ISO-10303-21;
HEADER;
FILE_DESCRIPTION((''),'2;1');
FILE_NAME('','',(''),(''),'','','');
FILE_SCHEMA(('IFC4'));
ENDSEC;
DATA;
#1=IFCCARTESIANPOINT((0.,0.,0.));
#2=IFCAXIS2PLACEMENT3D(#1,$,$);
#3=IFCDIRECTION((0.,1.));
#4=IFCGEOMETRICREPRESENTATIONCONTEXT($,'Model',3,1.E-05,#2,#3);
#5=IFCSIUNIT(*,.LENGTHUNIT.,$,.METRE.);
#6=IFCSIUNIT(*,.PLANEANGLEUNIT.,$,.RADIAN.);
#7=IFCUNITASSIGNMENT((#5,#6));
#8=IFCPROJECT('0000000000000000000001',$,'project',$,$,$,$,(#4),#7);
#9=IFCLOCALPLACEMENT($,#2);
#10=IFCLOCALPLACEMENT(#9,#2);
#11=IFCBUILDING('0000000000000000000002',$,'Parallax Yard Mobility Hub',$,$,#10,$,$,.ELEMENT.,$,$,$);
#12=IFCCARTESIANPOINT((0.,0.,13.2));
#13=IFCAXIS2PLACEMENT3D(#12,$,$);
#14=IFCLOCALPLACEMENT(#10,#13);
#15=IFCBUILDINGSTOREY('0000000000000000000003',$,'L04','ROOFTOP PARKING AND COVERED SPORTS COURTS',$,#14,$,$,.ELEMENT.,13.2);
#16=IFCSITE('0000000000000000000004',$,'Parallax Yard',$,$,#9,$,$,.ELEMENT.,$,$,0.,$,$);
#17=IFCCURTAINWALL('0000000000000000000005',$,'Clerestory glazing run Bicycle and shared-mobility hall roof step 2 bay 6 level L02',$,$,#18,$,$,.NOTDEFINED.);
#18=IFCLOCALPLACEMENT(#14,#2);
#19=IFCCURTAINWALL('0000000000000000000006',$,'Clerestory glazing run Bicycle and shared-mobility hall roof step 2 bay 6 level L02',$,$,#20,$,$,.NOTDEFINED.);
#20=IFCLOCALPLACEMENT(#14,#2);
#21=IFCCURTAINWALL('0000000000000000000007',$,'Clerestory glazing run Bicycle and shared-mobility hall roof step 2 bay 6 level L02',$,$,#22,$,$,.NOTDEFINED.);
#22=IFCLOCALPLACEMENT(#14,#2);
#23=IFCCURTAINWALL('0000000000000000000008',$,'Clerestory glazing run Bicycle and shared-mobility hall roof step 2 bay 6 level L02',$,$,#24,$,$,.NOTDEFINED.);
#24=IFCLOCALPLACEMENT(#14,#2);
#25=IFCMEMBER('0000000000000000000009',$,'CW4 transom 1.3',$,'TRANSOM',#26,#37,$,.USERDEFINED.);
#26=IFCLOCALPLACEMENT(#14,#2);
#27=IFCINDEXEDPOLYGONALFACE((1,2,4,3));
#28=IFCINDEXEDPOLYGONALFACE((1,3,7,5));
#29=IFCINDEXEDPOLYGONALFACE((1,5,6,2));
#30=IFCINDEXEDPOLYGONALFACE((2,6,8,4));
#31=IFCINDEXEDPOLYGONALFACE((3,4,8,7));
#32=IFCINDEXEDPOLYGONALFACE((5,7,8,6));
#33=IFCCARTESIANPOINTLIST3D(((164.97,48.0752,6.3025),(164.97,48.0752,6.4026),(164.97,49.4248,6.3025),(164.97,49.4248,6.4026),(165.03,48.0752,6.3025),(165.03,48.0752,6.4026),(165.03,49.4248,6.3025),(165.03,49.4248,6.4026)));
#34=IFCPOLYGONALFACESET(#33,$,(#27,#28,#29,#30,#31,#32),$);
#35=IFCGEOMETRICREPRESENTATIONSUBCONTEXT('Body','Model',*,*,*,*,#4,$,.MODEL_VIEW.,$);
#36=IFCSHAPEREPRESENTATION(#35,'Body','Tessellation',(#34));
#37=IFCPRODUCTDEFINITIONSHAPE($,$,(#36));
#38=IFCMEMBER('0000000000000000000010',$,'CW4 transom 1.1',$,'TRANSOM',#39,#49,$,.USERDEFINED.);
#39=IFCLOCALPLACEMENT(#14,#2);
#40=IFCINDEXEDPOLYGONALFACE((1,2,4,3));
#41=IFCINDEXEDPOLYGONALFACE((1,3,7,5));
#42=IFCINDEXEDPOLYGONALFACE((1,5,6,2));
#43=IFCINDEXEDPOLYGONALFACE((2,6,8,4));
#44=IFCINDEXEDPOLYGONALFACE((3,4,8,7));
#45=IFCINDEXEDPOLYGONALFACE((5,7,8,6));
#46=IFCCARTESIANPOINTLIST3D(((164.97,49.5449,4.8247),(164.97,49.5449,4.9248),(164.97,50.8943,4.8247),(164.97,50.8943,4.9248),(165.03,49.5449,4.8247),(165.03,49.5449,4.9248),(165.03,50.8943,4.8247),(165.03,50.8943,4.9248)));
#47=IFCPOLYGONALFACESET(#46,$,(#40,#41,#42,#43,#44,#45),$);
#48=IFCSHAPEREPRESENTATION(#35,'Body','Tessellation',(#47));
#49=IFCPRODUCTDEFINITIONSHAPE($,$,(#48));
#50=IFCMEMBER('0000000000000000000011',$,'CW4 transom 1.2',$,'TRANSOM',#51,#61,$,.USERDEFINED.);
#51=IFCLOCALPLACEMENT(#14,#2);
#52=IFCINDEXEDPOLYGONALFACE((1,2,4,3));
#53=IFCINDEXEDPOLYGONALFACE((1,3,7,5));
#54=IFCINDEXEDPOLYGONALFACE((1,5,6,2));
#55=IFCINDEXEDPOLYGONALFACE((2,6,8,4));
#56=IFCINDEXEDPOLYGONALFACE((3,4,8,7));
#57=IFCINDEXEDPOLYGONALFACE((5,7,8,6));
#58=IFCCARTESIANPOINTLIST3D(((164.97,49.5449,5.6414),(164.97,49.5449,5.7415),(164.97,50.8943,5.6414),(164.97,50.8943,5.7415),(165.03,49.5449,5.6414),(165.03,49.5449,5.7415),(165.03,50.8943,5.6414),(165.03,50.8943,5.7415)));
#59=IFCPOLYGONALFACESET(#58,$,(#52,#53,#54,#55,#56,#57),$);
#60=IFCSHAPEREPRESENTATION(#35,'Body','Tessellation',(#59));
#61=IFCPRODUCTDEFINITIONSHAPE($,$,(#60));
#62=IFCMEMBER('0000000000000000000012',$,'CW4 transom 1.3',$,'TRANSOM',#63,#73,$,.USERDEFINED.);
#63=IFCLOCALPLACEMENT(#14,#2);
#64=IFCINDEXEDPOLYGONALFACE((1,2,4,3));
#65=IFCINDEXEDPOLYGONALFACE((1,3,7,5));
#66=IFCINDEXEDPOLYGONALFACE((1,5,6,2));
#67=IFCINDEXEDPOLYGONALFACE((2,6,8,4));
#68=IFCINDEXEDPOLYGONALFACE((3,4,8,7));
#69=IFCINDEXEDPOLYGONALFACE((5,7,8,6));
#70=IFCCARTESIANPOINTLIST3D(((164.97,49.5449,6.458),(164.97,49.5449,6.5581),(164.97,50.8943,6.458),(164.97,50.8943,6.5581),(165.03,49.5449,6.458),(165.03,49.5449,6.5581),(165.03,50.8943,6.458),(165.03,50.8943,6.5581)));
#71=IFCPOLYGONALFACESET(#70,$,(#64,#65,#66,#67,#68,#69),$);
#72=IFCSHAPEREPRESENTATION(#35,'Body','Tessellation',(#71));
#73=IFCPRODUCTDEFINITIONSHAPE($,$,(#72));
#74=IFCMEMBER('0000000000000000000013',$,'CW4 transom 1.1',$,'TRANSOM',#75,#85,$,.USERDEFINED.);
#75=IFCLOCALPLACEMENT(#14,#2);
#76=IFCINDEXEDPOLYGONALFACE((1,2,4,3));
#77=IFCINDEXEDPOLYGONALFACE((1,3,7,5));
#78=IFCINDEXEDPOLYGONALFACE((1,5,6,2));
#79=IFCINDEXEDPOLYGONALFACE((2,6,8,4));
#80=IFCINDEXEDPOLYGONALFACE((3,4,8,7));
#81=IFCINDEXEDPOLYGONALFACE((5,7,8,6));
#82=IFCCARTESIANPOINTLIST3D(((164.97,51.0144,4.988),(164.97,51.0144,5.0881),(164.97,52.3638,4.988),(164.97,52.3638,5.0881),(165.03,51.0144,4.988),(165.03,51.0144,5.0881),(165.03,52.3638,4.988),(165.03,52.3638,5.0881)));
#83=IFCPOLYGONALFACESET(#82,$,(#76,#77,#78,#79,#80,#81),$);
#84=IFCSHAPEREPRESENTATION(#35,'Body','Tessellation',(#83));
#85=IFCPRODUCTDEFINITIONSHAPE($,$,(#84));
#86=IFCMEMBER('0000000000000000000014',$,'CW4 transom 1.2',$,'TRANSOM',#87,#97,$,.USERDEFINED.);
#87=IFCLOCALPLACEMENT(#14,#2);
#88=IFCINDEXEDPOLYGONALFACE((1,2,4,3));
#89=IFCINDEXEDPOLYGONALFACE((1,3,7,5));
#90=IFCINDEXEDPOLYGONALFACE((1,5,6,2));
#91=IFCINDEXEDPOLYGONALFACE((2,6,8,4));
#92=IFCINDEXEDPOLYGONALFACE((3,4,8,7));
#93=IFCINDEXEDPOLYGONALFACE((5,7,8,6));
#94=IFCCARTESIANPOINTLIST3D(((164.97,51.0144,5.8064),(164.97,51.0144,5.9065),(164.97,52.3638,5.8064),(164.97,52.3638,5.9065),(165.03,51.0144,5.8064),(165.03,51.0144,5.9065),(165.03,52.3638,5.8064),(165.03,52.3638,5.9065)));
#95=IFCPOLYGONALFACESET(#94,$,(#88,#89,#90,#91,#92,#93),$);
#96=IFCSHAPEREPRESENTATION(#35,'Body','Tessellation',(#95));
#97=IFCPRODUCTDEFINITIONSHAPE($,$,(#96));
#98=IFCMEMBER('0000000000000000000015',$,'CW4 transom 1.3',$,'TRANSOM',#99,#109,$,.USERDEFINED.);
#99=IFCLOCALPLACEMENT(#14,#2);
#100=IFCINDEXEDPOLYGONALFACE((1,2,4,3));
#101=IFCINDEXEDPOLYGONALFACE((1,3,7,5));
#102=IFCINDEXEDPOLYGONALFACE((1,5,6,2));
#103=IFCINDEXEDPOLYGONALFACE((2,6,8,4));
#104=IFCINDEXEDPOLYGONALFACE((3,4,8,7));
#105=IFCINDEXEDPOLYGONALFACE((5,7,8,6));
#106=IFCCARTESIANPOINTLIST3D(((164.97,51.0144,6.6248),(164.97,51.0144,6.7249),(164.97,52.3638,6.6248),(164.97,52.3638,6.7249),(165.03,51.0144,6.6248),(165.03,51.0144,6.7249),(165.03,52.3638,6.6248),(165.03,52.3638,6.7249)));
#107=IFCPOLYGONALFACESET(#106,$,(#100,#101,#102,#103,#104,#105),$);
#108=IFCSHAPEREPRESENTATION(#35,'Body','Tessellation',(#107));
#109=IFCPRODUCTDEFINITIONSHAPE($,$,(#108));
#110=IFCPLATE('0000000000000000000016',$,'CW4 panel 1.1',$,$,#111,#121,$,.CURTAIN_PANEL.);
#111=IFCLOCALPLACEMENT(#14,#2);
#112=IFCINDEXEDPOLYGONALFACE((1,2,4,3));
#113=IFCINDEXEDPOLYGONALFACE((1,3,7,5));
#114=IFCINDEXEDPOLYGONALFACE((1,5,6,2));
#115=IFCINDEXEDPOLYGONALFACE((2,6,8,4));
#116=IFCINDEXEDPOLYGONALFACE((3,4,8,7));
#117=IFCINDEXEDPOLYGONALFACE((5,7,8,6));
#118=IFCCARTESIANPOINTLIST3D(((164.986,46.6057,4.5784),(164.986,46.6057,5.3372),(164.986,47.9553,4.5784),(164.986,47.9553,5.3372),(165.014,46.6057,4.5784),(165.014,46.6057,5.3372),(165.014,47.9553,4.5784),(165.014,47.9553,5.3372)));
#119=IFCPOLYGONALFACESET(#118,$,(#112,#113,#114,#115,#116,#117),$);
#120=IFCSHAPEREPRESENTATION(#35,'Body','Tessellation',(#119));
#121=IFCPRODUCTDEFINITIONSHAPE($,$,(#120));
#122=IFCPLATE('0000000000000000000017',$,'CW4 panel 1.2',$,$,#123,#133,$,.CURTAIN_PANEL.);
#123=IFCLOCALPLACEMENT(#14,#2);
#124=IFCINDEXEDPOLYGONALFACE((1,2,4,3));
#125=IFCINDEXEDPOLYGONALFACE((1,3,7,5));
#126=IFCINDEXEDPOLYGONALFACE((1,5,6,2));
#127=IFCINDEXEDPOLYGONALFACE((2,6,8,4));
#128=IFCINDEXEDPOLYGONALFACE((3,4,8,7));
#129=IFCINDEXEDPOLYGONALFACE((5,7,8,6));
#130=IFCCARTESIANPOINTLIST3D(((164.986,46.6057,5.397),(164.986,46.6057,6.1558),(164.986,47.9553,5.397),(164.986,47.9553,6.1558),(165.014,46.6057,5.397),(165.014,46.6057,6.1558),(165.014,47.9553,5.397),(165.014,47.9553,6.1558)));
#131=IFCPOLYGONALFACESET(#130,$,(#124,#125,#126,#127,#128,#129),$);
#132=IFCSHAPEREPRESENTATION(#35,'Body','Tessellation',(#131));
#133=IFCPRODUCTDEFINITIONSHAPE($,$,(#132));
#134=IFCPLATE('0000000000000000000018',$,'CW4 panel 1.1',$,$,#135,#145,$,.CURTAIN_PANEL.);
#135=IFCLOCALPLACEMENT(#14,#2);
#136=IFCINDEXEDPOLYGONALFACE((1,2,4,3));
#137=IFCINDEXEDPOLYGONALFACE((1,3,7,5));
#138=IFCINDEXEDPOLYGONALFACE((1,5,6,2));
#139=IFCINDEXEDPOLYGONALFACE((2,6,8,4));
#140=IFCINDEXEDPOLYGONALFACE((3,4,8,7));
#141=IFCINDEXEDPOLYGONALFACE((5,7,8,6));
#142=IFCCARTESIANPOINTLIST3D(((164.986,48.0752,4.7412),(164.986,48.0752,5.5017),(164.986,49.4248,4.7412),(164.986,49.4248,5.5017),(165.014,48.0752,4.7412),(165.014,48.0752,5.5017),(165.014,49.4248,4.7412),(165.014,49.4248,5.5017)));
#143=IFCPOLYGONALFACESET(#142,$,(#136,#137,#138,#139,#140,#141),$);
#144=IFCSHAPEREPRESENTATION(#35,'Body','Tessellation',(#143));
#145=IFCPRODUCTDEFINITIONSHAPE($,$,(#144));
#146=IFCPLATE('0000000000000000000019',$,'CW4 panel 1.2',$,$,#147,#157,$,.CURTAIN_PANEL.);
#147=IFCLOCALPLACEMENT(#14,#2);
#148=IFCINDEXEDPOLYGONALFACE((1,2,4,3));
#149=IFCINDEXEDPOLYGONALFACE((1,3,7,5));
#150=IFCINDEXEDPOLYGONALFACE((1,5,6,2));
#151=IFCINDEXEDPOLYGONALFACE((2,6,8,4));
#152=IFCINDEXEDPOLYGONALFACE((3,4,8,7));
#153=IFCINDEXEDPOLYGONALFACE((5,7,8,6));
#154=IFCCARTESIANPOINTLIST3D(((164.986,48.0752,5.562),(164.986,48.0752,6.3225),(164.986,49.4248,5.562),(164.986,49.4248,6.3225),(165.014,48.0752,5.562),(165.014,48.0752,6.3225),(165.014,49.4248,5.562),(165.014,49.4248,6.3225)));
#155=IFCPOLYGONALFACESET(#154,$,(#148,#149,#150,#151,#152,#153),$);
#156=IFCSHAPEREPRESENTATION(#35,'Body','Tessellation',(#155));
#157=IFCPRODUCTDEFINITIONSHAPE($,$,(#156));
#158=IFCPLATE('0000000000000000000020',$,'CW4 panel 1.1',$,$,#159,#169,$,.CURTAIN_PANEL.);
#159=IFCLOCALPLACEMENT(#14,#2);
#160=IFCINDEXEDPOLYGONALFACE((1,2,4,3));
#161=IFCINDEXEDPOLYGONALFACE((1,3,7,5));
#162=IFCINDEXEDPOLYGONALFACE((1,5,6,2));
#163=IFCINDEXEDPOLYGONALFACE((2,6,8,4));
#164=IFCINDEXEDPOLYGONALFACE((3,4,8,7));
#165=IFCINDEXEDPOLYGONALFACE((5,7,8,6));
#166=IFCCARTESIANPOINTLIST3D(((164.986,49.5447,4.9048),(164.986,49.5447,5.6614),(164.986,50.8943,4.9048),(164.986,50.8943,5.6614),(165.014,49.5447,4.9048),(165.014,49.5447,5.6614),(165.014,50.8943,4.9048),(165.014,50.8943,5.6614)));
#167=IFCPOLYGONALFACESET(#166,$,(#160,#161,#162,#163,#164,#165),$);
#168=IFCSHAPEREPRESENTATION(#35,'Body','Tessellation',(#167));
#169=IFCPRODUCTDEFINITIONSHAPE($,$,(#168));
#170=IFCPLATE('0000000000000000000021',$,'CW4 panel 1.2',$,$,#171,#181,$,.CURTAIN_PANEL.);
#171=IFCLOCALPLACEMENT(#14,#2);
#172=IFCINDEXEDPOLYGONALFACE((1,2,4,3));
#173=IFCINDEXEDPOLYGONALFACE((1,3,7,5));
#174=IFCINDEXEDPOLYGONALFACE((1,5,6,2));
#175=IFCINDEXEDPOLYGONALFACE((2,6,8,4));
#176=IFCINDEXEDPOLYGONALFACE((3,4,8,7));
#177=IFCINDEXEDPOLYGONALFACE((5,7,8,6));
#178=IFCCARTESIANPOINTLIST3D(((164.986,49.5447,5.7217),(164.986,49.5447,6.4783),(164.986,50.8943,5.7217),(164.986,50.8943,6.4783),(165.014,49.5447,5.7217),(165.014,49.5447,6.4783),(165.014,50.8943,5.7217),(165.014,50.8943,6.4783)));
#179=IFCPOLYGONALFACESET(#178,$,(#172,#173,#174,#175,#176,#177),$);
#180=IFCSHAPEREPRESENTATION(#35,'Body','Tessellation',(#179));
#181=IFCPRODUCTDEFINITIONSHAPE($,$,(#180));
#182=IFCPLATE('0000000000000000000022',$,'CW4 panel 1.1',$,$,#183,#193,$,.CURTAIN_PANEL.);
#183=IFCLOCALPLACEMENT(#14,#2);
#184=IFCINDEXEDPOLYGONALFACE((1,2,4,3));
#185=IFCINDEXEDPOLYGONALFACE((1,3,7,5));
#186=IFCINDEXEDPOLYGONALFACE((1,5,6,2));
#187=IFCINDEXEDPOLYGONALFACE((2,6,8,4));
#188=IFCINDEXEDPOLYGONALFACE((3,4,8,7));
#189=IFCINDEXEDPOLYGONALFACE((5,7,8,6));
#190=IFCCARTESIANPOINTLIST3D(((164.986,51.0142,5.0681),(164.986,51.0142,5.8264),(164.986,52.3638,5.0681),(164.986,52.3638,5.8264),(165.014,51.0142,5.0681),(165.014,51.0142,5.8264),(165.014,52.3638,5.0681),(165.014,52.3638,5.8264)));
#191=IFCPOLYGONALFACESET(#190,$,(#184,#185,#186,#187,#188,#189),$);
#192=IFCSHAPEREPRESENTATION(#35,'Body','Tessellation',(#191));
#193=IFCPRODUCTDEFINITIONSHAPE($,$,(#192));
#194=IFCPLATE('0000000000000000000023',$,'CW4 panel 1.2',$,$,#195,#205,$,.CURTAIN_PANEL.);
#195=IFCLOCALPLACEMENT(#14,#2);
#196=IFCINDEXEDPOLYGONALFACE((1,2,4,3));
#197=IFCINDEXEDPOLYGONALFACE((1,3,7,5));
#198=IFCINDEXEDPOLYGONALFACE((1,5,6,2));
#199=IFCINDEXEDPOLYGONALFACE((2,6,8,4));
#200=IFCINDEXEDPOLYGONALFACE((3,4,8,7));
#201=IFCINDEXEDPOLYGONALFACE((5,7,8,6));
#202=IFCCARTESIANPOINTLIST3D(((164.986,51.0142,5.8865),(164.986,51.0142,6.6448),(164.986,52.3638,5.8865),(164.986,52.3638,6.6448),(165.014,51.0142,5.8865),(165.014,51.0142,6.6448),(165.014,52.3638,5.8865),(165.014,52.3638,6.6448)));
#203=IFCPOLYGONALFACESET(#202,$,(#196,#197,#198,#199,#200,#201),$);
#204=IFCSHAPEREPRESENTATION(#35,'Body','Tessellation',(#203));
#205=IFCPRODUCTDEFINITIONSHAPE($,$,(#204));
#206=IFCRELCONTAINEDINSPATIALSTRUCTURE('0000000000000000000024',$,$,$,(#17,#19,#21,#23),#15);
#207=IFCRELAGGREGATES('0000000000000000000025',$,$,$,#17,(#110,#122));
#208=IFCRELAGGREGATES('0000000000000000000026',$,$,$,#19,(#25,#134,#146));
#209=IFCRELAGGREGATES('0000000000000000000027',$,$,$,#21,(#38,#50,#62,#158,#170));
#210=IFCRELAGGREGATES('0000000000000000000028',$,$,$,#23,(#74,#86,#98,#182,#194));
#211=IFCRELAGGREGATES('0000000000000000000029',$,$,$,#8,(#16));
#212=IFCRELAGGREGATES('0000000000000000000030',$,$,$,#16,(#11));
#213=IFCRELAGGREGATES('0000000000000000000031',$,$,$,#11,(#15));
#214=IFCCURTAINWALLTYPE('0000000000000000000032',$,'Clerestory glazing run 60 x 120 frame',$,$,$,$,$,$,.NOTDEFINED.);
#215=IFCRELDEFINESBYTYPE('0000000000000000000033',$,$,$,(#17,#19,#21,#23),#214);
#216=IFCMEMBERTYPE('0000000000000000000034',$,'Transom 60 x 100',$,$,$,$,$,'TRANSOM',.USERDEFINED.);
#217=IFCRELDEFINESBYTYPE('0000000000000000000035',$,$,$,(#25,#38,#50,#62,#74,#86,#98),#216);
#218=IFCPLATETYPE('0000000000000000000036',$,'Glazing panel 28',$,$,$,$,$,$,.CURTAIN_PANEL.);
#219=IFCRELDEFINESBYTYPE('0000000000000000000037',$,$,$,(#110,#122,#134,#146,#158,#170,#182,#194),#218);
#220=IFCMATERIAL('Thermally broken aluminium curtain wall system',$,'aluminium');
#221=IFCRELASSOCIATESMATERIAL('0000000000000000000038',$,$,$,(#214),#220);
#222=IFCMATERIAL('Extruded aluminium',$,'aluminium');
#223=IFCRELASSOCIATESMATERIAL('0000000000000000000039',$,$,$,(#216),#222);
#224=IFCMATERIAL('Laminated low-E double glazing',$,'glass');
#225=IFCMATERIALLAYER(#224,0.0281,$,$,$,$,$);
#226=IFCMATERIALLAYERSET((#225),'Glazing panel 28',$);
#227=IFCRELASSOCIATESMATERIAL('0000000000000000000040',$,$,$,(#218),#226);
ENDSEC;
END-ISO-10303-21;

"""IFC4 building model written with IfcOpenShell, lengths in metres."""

from ifc_helpers import new_model, si_unit, direction, frame, origin, origin_2d, place, context, subcontext, project, spatial, rectangle, extrude, material, layer, layer_set, material_profile, profile_set, type_object, element, aggregate, save


model = new_model("IFC4")

# Units and contexts
model_context = context("Model", 3, precision=1e-05, world=origin(), true_north=direction((0.0, 1.0)))
body_context = subcontext(model_context, "Body", "Model", "MODEL_VIEW")
ifc_project = project(units=[si_unit("LENGTHUNIT", "METRE"), si_unit("PLANEANGLEUNIT", "RADIAN")], contexts=[model_context])

# Site, building, storey
site_placement = place(None, origin())
site = spatial("IfcSite", under=ifc_project, at=site_placement, Name="Parallax Yard", CompositionType="ELEMENT", RefElevation=0.0)
building_placement = place(site_placement, origin())
building = spatial("IfcBuilding", under=site, at=building_placement, Name="Parallax Yard Mobility Hub", CompositionType="ELEMENT")
storey_placement = place(building_placement, frame((0.0, 0.0, 13.2)))
storey = spatial("IfcBuildingStorey", under=building, at=storey_placement, Name="L04", Description="ROOFTOP PARKING AND COVERED SPORTS COURTS", CompositionType="ELEMENT", Elevation=13.2)

# Curtain wall
ifc_material_1 = material(Name="Thermally broken aluminium curtain wall system", Category="aluminium")
curtain_wall_type = type_object("IfcCurtainWallType", Name="Clerestory glazing run 60 x 120 frame", PredefinedType="NOTDEFINED", material=ifc_material_1)
curtain_wall_1_placement = place(storey_placement, origin())
curtain_wall_1 = element("IfcCurtainWall", 1, at=curtain_wall_1_placement, inside=storey, type_object=curtain_wall_type, Name="Clerestory glazing run Bicycle and shared-mobility hall roof step 2 bay 6 level L02", PredefinedType="NOTDEFINED")
ifc_material_2 = material(Name="Extruded aluminium", Category="aluminium")

# Curtain walls
curtain_wall_2_placement = place(storey_placement, origin())
curtain_wall_2 = element("IfcCurtainWall", 2, at=curtain_wall_2_placement, inside=storey, type_object=curtain_wall_type, Name="Clerestory glazing run Bicycle and shared-mobility hall roof step 2 bay 6 level L02", PredefinedType="NOTDEFINED")
curtain_wall_3_placement = place(storey_placement, origin())
curtain_wall_3 = element("IfcCurtainWall", 3, at=curtain_wall_3_placement, inside=storey, type_object=curtain_wall_type, Name="Clerestory glazing run Bicycle and shared-mobility hall roof step 2 bay 6 level L02", PredefinedType="NOTDEFINED")

# Curtain wall
curtain_wall_4_placement = place(storey_placement, origin())
curtain_wall_4 = element("IfcCurtainWall", 4, at=curtain_wall_4_placement, inside=storey, type_object=curtain_wall_type, Name="Clerestory glazing run Bicycle and shared-mobility hall roof step 2 bay 6 level L02", PredefinedType="NOTDEFINED")

# Members
ifc_material_profile_1 = material_profile(ifc_material_2, rectangle(XDim=0.0601, YDim=0.1001, at=origin_2d()), Name="Transom 60 x 100")
ifc_profile_set_1 = profile_set([ifc_material_profile_1], Name="Extruded aluminium")
member_type_1 = type_object("IfcMemberType", Name="Transom 60 x 100", ElementType="TRANSOM", PredefinedType="USERDEFINED", material=ifc_profile_set_1)
member_1_placement = place(storey_placement, frame((165.0, 48.0752, 6.3525), z_axis=(0.0, 1.0, 0.0), x_axis=(-1.0, 0.0, 0.0)))
member_1 = element("IfcMember", 5, at=member_1_placement, type_object=member_type_1, Name="CW4 transom 1.3", ObjectType="TRANSOM", PredefinedType="USERDEFINED", context=body_context, shape_type="SweptSolid", body=[
    extrude(rectangle(XDim=0.0601, YDim=0.1001, at=origin_2d()), origin(), (0.0, 0.0, 1.0), 1.3496),
])
member_2_placement = place(storey_placement, frame((165.0, 49.5449, 4.8748), z_axis=(0.0, 1.0, 0.0), x_axis=(-1.0, 0.0, 0.0)))
member_2 = element("IfcMember", 6, at=member_2_placement, type_object=member_type_1, Name="CW4 transom 1.1", ObjectType="TRANSOM", PredefinedType="USERDEFINED", context=body_context, shape_type="SweptSolid", body=[
    extrude(rectangle(XDim=0.0601, YDim=0.1001, at=origin_2d()), origin(), (0.0, 0.0, 1.0), 1.3494),
])
member_3_placement = place(storey_placement, frame((165.0, 49.5449, 5.6914), z_axis=(0.0, 1.0, 0.0), x_axis=(-1.0, 0.0, 0.0)))
member_3 = element("IfcMember", 7, at=member_3_placement, type_object=member_type_1, Name="CW4 transom 1.2", ObjectType="TRANSOM", PredefinedType="USERDEFINED", context=body_context, shape_type="SweptSolid", body=[
    extrude(rectangle(XDim=0.0601, YDim=0.1001, at=origin_2d()), origin(), (0.0, 0.0, 1.0), 1.3494),
])
member_4_placement = place(storey_placement, frame((165.0, 49.5449, 6.5081), z_axis=(0.0, 1.0, 0.0), x_axis=(-1.0, 0.0, 0.0)))
member_4 = element("IfcMember", 8, at=member_4_placement, type_object=member_type_1, Name="CW4 transom 1.3", ObjectType="TRANSOM", PredefinedType="USERDEFINED", context=body_context, shape_type="SweptSolid", body=[
    extrude(rectangle(XDim=0.0601, YDim=0.1001, at=origin_2d()), origin(), (0.0, 0.0, 1.0), 1.3494),
])
member_5_placement = place(storey_placement, frame((165.0, 51.0144, 5.0381), z_axis=(0.0, 1.0, 0.0), x_axis=(-1.0, 0.0, 0.0)))
member_5 = element("IfcMember", 9, at=member_5_placement, type_object=member_type_1, Name="CW4 transom 1.1", ObjectType="TRANSOM", PredefinedType="USERDEFINED", context=body_context, shape_type="SweptSolid", body=[
    extrude(rectangle(XDim=0.0601, YDim=0.1001, at=origin_2d()), origin(), (0.0, 0.0, 1.0), 1.3494),
])
member_6_placement = place(storey_placement, frame((165.0, 51.0144, 5.8564), z_axis=(0.0, 1.0, 0.0), x_axis=(-1.0, 0.0, 0.0)))
member_6 = element("IfcMember", 10, at=member_6_placement, type_object=member_type_1, Name="CW4 transom 1.2", ObjectType="TRANSOM", PredefinedType="USERDEFINED", context=body_context, shape_type="SweptSolid", body=[
    extrude(rectangle(XDim=0.0601, YDim=0.1001, at=origin_2d()), origin(), (0.0, 0.0, 1.0), 1.3494),
])
member_7_placement = place(storey_placement, frame((165.0, 51.0144, 6.6748), z_axis=(0.0, 1.0, 0.0), x_axis=(-1.0, 0.0, 0.0)))
member_7 = element("IfcMember", 11, at=member_7_placement, type_object=member_type_1, Name="CW4 transom 1.3", ObjectType="TRANSOM", PredefinedType="USERDEFINED", context=body_context, shape_type="SweptSolid", body=[
    extrude(rectangle(XDim=0.0601, YDim=0.1001, at=origin_2d()), origin(), (0.0, 0.0, 1.0), 1.3494),
])

# Plates
ifc_material_3 = material(Name="Laminated low-E double glazing", Category="glass")
ifc_layer_1 = layer(ifc_material_3, 0.0281)
ifc_layer_set_1 = layer_set([ifc_layer_1], Name="Glazing panel 28")
plate_type = type_object("IfcPlateType", Name="Glazing panel 28", PredefinedType="CURTAIN_PANEL", material=ifc_layer_set_1)
plate_1_placement = place(storey_placement, frame((165.0, 47.2805, 4.5784), z_axis=(0.0, 0.0, 1.0), x_axis=(0.0, 1.0, 0.0)))
plate_1 = element("IfcPlate", 12, at=plate_1_placement, type_object=plate_type, Name="CW4 panel 1.1", PredefinedType="CURTAIN_PANEL", context=body_context, shape_type="SweptSolid", body=[
    extrude(rectangle(XDim=1.3496, YDim=0.0281, at=origin_2d()), origin(), (0.0, 0.0, 1.0), 0.7588),
])
plate_2_placement = place(storey_placement, frame((165.0, 47.2805, 5.397), z_axis=(0.0, 0.0, 1.0), x_axis=(0.0, 1.0, 0.0)))
plate_2 = element("IfcPlate", 13, at=plate_2_placement, type_object=plate_type, Name="CW4 panel 1.2", PredefinedType="CURTAIN_PANEL", context=body_context, shape_type="SweptSolid", body=[
    extrude(rectangle(XDim=1.3496, YDim=0.0281, at=origin_2d()), origin(), (0.0, 0.0, 1.0), 0.7588),
])
aggregate(curtain_wall_1, [plate_1, plate_2])
plate_3_placement = place(storey_placement, frame((165.0, 48.75, 4.7412), z_axis=(0.0, 0.0, 1.0), x_axis=(0.0, 1.0, 0.0)))
plate_3 = element("IfcPlate", 14, at=plate_3_placement, type_object=plate_type, Name="CW4 panel 1.1", PredefinedType="CURTAIN_PANEL", context=body_context, shape_type="SweptSolid", body=[
    extrude(rectangle(XDim=1.3496, YDim=0.0281, at=origin_2d()), origin(), (0.0, 0.0, 1.0), 0.7605),
])
plate_4_placement = place(storey_placement, frame((165.0, 48.75, 5.562), z_axis=(0.0, 0.0, 1.0), x_axis=(0.0, 1.0, 0.0)))
plate_4 = element("IfcPlate", 15, at=plate_4_placement, type_object=plate_type, Name="CW4 panel 1.2", PredefinedType="CURTAIN_PANEL", context=body_context, shape_type="SweptSolid", body=[
    extrude(rectangle(XDim=1.3496, YDim=0.0281, at=origin_2d()), origin(), (0.0, 0.0, 1.0), 0.7605),
])
aggregate(curtain_wall_2, [member_1, plate_3, plate_4])
plate_5_placement = place(storey_placement, frame((165.0, 50.2195, 4.9048), z_axis=(0.0, 0.0, 1.0), x_axis=(0.0, 1.0, 0.0)))
plate_5 = element("IfcPlate", 16, at=plate_5_placement, type_object=plate_type, Name="CW4 panel 1.1", PredefinedType="CURTAIN_PANEL", context=body_context, shape_type="SweptSolid", body=[
    extrude(rectangle(XDim=1.3496, YDim=0.0281, at=origin_2d()), origin(), (0.0, 0.0, 1.0), 0.7566),
])
plate_6_placement = place(storey_placement, frame((165.0, 50.2195, 5.7217), z_axis=(0.0, 0.0, 1.0), x_axis=(0.0, 1.0, 0.0)))
plate_6 = element("IfcPlate", 17, at=plate_6_placement, type_object=plate_type, Name="CW4 panel 1.2", PredefinedType="CURTAIN_PANEL", context=body_context, shape_type="SweptSolid", body=[
    extrude(rectangle(XDim=1.3496, YDim=0.0281, at=origin_2d()), origin(), (0.0, 0.0, 1.0), 0.7566),
])
aggregate(curtain_wall_3, [member_2, member_3, member_4, plate_5, plate_6])
plate_7_placement = place(storey_placement, frame((165.0, 51.689, 5.0681), z_axis=(0.0, 0.0, 1.0), x_axis=(0.0, 1.0, 0.0)))
plate_7 = element("IfcPlate", 18, at=plate_7_placement, type_object=plate_type, Name="CW4 panel 1.1", PredefinedType="CURTAIN_PANEL", context=body_context, shape_type="SweptSolid", body=[
    extrude(rectangle(XDim=1.3496, YDim=0.0281, at=origin_2d()), origin(), (0.0, 0.0, 1.0), 0.7583),
])
plate_8_placement = place(storey_placement, frame((165.0, 51.689, 5.8865), z_axis=(0.0, 0.0, 1.0), x_axis=(0.0, 1.0, 0.0)))
plate_8 = element("IfcPlate", 19, at=plate_8_placement, type_object=plate_type, Name="CW4 panel 1.2", PredefinedType="CURTAIN_PANEL", context=body_context, shape_type="SweptSolid", body=[
    extrude(rectangle(XDim=1.3496, YDim=0.0281, at=origin_2d()), origin(), (0.0, 0.0, 1.0), 0.7583),
])
aggregate(curtain_wall_4, [member_5, member_6, member_7, plate_7, plate_8])

save(model, "model.ifc")
